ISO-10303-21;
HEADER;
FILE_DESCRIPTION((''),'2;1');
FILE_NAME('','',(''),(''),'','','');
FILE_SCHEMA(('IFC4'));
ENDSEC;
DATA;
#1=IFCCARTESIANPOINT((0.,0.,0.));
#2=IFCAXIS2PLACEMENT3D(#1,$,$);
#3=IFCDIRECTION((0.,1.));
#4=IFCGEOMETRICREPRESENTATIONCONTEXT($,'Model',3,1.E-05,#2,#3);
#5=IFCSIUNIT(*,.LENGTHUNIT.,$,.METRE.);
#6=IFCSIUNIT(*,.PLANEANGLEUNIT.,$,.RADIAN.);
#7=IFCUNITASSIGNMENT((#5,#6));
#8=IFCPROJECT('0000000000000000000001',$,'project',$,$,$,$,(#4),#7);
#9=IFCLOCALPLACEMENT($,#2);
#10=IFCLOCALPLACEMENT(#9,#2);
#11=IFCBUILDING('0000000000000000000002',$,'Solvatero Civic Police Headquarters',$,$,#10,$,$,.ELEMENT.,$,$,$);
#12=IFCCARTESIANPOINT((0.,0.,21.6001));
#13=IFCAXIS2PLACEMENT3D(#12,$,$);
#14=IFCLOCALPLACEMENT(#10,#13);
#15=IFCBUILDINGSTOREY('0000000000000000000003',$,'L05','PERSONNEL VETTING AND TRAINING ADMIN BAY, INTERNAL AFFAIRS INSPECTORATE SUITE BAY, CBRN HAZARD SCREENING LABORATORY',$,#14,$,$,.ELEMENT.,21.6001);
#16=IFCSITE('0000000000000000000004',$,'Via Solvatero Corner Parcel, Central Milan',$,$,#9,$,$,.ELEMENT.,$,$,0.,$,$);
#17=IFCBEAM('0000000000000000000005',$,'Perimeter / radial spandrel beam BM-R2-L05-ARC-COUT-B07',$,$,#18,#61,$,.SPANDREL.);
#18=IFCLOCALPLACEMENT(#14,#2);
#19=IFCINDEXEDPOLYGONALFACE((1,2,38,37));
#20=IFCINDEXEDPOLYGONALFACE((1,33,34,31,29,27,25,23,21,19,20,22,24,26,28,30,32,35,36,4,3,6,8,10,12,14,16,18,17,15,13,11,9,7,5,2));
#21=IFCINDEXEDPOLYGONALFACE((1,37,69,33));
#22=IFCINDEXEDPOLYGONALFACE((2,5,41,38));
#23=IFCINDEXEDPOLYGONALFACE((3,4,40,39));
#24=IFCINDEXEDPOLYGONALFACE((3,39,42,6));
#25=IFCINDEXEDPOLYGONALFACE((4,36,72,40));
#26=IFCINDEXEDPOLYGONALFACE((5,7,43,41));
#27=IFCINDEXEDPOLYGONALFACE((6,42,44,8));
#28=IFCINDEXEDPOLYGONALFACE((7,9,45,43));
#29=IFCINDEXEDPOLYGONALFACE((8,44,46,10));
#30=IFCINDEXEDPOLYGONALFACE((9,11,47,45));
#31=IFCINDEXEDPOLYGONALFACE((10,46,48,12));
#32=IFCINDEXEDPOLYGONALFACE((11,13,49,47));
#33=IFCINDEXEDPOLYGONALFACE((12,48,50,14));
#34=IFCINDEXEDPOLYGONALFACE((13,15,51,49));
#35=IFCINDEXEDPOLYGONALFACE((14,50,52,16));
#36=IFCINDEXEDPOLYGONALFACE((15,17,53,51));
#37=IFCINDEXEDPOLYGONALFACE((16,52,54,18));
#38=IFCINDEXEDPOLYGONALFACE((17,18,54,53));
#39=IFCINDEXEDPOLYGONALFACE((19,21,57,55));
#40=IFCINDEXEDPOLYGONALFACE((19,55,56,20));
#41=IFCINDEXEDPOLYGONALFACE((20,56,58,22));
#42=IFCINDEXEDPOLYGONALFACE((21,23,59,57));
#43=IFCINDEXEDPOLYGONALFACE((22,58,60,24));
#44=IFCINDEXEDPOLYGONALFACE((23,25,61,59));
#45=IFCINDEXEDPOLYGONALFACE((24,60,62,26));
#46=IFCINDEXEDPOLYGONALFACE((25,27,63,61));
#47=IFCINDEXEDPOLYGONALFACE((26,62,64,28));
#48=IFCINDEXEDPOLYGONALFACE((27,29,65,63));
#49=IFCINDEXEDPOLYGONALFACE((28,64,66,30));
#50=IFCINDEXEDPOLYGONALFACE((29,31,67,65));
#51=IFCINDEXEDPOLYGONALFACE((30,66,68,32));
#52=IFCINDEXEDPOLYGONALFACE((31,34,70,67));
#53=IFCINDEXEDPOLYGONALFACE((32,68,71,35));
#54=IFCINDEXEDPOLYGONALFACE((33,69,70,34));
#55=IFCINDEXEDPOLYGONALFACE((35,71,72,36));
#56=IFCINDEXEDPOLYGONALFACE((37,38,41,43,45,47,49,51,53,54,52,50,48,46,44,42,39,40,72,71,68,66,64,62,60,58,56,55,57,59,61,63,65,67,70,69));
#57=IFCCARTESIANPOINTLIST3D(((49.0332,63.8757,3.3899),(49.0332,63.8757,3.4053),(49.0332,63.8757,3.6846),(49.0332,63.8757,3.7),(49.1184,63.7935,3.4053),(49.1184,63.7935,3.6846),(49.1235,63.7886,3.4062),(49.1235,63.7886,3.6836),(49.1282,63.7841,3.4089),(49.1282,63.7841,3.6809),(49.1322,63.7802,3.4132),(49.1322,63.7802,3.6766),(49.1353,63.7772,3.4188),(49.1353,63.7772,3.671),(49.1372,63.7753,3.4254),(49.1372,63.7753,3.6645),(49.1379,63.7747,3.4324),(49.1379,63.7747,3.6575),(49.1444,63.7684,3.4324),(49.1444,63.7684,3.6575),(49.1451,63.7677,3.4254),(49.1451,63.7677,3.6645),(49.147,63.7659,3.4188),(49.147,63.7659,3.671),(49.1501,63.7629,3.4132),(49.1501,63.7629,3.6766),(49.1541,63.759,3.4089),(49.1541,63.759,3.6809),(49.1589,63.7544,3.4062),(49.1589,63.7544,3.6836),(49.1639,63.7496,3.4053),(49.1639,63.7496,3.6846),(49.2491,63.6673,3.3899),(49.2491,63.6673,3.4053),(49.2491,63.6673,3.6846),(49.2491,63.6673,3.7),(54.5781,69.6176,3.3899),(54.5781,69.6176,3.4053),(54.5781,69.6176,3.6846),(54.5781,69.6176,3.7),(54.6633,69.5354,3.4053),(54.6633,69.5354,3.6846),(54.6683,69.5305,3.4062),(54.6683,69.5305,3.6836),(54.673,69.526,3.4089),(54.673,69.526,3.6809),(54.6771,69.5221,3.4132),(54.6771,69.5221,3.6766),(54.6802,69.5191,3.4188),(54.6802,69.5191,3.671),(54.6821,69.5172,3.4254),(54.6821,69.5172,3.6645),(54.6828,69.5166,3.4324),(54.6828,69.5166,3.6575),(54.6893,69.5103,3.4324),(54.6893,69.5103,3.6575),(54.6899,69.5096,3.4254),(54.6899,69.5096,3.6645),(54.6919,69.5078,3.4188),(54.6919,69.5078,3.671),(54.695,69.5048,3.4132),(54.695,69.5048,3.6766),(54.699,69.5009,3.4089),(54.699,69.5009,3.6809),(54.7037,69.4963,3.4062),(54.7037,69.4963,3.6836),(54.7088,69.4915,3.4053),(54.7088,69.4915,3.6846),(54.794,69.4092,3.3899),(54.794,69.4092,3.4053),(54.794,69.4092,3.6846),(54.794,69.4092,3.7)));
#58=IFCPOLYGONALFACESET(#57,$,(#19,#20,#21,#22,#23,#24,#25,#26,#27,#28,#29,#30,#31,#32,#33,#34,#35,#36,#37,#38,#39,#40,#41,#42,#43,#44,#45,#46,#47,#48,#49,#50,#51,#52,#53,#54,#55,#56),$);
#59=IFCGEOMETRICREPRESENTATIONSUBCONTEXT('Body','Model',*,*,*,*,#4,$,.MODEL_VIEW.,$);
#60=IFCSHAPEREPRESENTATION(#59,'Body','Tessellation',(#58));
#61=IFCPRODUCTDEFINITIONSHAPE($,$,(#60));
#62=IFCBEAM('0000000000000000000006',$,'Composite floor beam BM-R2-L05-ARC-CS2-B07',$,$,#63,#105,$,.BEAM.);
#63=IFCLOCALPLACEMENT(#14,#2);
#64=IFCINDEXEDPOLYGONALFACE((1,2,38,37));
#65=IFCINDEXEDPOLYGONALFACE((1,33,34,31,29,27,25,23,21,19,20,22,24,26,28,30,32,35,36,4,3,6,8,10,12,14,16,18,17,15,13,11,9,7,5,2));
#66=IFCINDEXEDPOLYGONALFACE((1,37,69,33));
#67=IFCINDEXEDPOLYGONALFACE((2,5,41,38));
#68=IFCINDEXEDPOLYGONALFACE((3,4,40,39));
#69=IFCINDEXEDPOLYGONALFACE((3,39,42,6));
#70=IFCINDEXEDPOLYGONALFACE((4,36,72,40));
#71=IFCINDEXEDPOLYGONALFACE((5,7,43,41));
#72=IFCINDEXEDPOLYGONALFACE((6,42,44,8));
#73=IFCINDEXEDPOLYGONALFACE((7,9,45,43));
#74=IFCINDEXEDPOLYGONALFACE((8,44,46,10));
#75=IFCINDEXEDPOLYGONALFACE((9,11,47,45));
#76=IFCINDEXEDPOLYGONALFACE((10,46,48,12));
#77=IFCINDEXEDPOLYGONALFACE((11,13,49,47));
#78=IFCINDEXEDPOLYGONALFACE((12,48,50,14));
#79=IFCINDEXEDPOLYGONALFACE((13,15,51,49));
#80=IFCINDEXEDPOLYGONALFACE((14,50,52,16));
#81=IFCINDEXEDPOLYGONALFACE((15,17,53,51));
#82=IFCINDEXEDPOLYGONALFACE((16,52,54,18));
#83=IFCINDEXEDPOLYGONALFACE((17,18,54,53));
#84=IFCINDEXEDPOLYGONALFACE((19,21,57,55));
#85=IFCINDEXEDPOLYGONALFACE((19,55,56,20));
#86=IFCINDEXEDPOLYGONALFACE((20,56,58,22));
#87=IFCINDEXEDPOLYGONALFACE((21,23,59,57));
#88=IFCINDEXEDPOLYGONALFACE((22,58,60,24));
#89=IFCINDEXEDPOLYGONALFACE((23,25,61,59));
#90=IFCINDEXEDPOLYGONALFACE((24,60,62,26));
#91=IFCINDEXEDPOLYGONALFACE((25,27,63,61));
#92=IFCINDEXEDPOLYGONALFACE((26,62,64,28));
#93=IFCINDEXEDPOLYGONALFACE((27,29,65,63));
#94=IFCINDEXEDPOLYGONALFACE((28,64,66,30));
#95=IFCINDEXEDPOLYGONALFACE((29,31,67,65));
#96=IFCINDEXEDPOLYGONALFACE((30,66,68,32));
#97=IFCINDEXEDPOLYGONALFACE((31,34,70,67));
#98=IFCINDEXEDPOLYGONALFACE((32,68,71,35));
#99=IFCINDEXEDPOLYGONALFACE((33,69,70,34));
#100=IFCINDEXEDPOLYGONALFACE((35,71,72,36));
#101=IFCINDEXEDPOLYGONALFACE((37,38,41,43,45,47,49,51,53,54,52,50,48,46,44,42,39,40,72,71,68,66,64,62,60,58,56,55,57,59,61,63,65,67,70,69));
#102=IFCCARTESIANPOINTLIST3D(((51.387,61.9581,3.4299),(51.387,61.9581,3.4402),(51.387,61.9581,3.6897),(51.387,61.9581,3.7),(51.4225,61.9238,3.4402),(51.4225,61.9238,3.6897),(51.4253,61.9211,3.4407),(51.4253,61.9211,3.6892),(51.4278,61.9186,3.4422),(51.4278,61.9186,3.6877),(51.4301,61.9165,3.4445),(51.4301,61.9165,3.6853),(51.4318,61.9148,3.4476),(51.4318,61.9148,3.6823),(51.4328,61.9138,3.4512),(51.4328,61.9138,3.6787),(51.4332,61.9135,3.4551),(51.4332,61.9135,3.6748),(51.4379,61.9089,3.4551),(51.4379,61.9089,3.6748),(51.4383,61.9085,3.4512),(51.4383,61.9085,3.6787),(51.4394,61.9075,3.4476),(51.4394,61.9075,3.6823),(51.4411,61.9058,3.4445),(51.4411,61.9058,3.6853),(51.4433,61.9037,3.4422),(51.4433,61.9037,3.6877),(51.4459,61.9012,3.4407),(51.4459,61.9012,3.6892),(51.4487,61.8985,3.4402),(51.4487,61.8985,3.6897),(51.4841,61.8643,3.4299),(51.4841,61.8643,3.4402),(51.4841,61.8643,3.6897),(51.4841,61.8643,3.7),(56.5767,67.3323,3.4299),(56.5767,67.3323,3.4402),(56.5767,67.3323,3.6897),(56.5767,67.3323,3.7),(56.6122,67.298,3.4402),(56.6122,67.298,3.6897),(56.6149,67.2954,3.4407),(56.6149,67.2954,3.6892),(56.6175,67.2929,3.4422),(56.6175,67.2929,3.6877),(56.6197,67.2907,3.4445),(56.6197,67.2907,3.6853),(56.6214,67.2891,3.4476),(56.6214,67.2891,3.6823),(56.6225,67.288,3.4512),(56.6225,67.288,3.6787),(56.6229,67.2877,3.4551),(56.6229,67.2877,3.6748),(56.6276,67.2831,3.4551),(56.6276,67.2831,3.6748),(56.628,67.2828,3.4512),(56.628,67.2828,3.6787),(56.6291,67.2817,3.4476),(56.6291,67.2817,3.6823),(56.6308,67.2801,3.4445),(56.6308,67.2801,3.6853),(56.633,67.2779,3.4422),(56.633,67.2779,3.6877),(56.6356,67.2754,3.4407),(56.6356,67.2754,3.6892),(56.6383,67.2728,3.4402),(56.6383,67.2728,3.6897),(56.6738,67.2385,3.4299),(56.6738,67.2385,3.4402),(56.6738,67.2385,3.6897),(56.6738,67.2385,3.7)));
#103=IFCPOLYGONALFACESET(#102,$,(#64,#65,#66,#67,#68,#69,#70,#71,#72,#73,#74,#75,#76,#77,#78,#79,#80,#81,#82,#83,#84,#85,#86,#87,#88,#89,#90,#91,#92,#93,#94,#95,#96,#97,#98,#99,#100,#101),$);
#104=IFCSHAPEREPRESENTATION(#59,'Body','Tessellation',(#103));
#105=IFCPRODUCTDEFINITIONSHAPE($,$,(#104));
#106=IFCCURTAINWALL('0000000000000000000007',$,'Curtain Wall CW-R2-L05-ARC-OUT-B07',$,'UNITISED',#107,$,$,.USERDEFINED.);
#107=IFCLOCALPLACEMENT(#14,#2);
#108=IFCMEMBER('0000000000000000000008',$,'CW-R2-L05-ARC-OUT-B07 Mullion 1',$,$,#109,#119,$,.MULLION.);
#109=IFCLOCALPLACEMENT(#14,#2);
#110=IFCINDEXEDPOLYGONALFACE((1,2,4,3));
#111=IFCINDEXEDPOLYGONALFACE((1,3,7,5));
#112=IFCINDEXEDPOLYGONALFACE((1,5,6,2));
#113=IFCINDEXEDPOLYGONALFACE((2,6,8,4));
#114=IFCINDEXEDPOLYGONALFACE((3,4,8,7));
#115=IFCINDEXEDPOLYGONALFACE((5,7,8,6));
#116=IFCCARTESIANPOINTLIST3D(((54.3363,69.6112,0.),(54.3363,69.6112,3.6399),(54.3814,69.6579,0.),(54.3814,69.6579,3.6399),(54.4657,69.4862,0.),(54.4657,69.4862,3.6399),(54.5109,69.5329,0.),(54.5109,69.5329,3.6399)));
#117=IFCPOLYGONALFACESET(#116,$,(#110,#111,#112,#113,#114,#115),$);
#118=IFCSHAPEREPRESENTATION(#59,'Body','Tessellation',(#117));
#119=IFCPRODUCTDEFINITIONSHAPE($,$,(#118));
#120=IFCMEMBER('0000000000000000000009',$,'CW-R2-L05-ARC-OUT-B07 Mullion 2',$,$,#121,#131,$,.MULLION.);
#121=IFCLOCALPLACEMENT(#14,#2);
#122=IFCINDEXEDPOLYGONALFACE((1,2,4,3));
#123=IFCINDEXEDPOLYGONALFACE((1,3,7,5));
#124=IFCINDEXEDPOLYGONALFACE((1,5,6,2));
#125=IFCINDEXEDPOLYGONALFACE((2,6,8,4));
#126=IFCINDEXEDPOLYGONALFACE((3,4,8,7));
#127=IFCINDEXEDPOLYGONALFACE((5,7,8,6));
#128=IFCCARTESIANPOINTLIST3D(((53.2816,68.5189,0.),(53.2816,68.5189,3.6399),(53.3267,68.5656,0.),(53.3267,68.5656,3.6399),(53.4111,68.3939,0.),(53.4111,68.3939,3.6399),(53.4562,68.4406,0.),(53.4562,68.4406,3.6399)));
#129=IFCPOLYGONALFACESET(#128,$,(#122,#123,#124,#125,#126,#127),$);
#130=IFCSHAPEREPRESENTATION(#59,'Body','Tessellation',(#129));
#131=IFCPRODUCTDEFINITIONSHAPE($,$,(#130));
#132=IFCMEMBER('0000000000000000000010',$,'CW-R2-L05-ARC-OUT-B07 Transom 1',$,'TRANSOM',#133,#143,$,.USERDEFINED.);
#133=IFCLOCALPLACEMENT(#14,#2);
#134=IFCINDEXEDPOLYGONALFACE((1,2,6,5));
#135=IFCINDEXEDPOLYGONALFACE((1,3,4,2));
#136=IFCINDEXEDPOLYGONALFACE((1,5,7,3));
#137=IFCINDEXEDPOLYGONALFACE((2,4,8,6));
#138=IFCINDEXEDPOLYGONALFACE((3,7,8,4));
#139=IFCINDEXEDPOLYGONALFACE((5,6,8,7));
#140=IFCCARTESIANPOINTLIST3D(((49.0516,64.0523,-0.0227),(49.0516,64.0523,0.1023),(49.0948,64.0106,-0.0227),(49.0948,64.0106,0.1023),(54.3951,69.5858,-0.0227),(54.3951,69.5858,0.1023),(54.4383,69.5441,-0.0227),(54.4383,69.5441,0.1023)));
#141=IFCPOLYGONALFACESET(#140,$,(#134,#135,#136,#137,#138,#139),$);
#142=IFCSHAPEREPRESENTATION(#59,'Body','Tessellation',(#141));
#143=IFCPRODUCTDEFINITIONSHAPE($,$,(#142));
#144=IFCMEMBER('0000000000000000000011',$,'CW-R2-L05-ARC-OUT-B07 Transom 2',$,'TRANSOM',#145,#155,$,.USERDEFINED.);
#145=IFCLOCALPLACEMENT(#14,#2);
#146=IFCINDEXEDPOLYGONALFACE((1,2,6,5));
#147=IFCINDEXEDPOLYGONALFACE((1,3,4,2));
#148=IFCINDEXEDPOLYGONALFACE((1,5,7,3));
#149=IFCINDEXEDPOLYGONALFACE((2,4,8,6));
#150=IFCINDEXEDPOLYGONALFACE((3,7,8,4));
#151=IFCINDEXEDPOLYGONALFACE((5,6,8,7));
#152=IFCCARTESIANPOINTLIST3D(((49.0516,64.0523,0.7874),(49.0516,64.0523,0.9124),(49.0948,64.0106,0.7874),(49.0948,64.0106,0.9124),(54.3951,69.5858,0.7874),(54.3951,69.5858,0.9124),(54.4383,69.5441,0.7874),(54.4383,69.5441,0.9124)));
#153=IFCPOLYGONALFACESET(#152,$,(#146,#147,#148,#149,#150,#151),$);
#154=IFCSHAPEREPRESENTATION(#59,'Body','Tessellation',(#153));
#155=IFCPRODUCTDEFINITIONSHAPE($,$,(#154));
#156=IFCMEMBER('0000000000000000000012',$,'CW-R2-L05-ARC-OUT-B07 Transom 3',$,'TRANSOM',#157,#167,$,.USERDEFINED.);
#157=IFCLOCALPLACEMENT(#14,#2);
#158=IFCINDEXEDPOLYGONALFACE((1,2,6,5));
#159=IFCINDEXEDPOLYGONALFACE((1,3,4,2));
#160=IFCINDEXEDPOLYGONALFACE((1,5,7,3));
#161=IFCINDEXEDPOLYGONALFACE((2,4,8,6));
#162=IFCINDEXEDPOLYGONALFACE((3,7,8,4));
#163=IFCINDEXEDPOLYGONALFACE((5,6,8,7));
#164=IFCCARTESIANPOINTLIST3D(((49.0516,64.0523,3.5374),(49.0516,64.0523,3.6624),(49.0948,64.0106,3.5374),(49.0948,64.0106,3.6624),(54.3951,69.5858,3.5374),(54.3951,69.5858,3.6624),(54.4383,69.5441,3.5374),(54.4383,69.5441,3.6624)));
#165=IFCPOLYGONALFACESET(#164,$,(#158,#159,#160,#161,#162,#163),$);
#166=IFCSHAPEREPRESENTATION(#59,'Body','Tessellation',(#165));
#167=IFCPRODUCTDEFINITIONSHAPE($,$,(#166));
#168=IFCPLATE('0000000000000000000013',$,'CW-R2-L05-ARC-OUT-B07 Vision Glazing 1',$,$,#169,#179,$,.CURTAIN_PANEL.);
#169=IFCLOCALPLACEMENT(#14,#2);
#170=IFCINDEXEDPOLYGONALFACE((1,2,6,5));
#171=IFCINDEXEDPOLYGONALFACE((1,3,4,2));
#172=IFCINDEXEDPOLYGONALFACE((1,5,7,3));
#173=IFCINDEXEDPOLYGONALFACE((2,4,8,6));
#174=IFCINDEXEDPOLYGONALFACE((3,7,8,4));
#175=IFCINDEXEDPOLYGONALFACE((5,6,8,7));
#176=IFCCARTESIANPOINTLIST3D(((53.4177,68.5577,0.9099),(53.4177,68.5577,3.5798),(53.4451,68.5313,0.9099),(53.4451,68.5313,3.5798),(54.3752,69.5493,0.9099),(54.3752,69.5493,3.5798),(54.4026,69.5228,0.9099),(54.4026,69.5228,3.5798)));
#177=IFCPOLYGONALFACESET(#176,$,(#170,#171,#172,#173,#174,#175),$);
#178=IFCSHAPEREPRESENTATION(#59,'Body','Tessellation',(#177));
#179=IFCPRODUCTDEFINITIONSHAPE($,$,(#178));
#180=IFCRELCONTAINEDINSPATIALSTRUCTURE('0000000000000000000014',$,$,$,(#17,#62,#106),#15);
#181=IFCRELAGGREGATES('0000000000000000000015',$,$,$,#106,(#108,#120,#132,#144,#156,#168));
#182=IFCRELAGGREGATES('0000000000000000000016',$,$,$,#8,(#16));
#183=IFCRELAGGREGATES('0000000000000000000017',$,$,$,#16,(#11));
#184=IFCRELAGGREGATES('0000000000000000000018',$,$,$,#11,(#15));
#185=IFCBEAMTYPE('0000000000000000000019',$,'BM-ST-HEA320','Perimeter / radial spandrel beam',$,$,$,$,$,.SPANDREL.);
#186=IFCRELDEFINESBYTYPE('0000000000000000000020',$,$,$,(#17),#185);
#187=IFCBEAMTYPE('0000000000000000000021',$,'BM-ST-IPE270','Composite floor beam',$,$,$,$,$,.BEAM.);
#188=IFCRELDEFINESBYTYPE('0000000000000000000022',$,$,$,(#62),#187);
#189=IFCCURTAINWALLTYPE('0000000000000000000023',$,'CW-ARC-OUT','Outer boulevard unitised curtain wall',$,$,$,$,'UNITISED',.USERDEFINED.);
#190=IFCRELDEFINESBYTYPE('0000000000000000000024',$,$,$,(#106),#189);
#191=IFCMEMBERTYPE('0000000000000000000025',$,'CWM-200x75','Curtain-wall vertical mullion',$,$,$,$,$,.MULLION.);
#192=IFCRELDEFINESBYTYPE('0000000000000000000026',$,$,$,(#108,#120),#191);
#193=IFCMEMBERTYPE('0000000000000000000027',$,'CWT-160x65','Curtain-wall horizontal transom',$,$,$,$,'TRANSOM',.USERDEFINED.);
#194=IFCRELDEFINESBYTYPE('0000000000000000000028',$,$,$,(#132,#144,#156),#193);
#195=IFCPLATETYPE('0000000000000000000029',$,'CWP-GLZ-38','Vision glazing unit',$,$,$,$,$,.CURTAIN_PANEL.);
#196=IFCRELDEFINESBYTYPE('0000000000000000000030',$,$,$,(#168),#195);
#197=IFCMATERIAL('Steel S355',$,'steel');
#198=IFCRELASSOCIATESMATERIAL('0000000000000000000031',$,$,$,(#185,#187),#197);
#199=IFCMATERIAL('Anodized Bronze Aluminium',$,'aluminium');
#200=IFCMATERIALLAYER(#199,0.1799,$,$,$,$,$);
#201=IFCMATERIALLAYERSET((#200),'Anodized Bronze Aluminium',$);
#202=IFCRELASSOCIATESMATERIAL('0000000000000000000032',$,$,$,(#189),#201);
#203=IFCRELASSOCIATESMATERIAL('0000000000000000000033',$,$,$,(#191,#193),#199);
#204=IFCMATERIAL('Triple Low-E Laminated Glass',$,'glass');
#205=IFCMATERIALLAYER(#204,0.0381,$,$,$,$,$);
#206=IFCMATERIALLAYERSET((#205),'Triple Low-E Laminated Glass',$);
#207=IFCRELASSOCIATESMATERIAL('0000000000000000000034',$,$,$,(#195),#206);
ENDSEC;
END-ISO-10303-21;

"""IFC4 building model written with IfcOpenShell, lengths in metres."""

from ifc_helpers import new_model, si_unit, direction, frame, origin, origin_2d, place, context, subcontext, project, spatial, rectangle, i_section, extrude, material, layer, layer_set, material_profile, profile_set, type_object, element, aggregate, save


model = new_model("IFC4")

# Units and contexts
model_context = context("Model", 3, precision=1e-05, world=origin(), true_north=direction((0.0, 1.0)))
body_context = subcontext(model_context, "Body", "Model", "MODEL_VIEW")
ifc_project = project(units=[si_unit("LENGTHUNIT", "METRE"), si_unit("PLANEANGLEUNIT", "RADIAN")], contexts=[model_context])

# Site, building, storey
site_placement = place(None, origin())
site = spatial("IfcSite", under=ifc_project, at=site_placement, Name="Via Solvatero Corner Parcel, Central Milan", CompositionType="ELEMENT", RefElevation=0.0)
building_placement = place(site_placement, origin())
building = spatial("IfcBuilding", under=site, at=building_placement, Name="Solvatero Civic Police Headquarters", CompositionType="ELEMENT")
storey_placement = place(building_placement, frame((0.0, 0.0, 21.6001)))
storey = spatial("IfcBuildingStorey", under=building, at=storey_placement, Name="L05", Description="PERSONNEL VETTING AND TRAINING ADMIN BAY, INTERNAL AFFAIRS INSPECTORATE SUITE BAY, CBRN HAZARD SCREENING LABORATORY", CompositionType="ELEMENT", Elevation=21.6001)

# Beams
ifc_material_1 = material(Name="Steel S355", Category="steel")
ifc_material_profile_1 = material_profile(ifc_material_1, i_section(OverallWidth=0.3, OverallDepth=0.3101, WebThickness=0.009, FlangeThickness=0.0154, FilletRadius=0.0271, at=origin_2d()), Name="HEA 320")
ifc_profile_set_1 = profile_set([ifc_material_profile_1], Name="Steel S355")
beam_type_1 = type_object("IfcBeamType", Name="BM-ST-HEA320", Description="Perimeter / radial spandrel beam", PredefinedType="SPANDREL", material=ifc_profile_set_1)
beam_1_placement = place(storey_placement, frame((54.686, 69.5134, 3.5449), z_axis=(-0.694658, -0.71934, 0.0), x_axis=(0.71934, -0.694658, 0.0)))
element("IfcBeam", 1, at=beam_1_placement, inside=storey, type_object=beam_type_1, Name="Perimeter / radial spandrel beam BM-R2-L05-ARC-COUT-B07", PredefinedType="SPANDREL", context=body_context, shape_type="SweptSolid", body=[
    extrude(i_section(OverallWidth=0.3, OverallDepth=0.3101, WebThickness=0.009, FlangeThickness=0.0154, FilletRadius=0.0271, at=origin_2d()), origin(), (0.0, 0.0, 1.0), 7.9822),
])
ifc_material_profile_2 = material_profile(ifc_material_1, i_section(OverallWidth=0.135, OverallDepth=0.27, WebThickness=0.0066, FlangeThickness=0.0103, FilletRadius=0.0149, at=origin_2d()), Name="IPE 270")
ifc_profile_set_2 = profile_set([ifc_material_profile_2], Name="Steel S355")
beam_type_2 = type_object("IfcBeamType", Name="BM-ST-IPE270", Description="Composite floor beam", PredefinedType="BEAM", material=ifc_profile_set_2)
beam_2_placement = place(storey_placement, frame((56.6252, 67.2854, 3.5649), z_axis=(-0.694646, -0.719351, 0.0), x_axis=(0.719351, -0.694646, 0.0)))
element("IfcBeam", 2, at=beam_2_placement, inside=storey, type_object=beam_type_2, Name="Composite floor beam BM-R2-L05-ARC-CS2-B07", PredefinedType="BEAM", context=body_context, shape_type="SweptSolid", body=[
    extrude(i_section(OverallWidth=0.135, OverallDepth=0.27, WebThickness=0.0066, FlangeThickness=0.0103, FilletRadius=0.0149, at=origin_2d()), origin(), (0.0, 0.0, 1.0), 7.4709),
])

# Curtain wall, members, plate
ifc_material_2 = material(Name="Anodized Bronze Aluminium", Category="aluminium")
ifc_layer_1 = layer(ifc_material_2, 0.1799)
ifc_layer_set_1 = layer_set([ifc_layer_1], Name="Anodized Bronze Aluminium")
curtain_wall_type = type_object("IfcCurtainWallType", Name="CW-ARC-OUT", Description="Outer boulevard unitised curtain wall", ElementType="UNITISED", PredefinedType="USERDEFINED", material=ifc_layer_set_1)
curtain_wall_placement = place(storey_placement, origin())
curtain_wall = element("IfcCurtainWall", 3, at=curtain_wall_placement, inside=storey, type_object=curtain_wall_type, Name="Curtain Wall CW-R2-L05-ARC-OUT-B07", ObjectType="UNITISED", PredefinedType="USERDEFINED")
ifc_material_profile_3 = material_profile(ifc_material_2, rectangle(XDim=0.0649, YDim=0.1799, at=origin_2d()), Name="ALU MULLION 65x180")
ifc_profile_set_3 = profile_set([ifc_material_profile_3], Name="Anodized Bronze Aluminium")
member_type_1 = type_object("IfcMemberType", Name="CWM-200x75", Description="Curtain-wall vertical mullion", PredefinedType="MULLION", material=ifc_profile_set_3)
member_1_placement = place(storey_placement, frame((54.4236, 69.572, 0.0), z_axis=(0.0, 0.0, 1.0), x_axis=(-0.694658, -0.71934, 0.0)))
member_1 = element("IfcMember", 4, at=member_1_placement, type_object=member_type_1, Name="CW-R2-L05-ARC-OUT-B07 Mullion 1", PredefinedType="MULLION", context=body_context, shape_type="SweptSolid", body=[
    extrude(rectangle(XDim=0.0649, YDim=0.1799, at=origin_2d()), origin(), (0.0, 0.0, 1.0), 3.6399),
])
member_2_placement = place(storey_placement, frame((53.3689, 68.4797, 0.0), z_axis=(0.0, 0.0, 1.0), x_axis=(-0.694658, -0.71934, 0.0)))
member_2 = element("IfcMember", 5, at=member_2_placement, type_object=member_type_1, Name="CW-R2-L05-ARC-OUT-B07 Mullion 2", PredefinedType="MULLION", context=body_context, shape_type="SweptSolid", body=[
    extrude(rectangle(XDim=0.0649, YDim=0.1799, at=origin_2d()), origin(), (0.0, 0.0, 1.0), 3.6399),
])
ifc_material_profile_4 = material_profile(ifc_material_2, rectangle(XDim=0.0601, YDim=0.125, at=origin_2d()), Name="ALU TRANSOM 60x125")
ifc_profile_set_4 = profile_set([ifc_material_profile_4], Name="Anodized Bronze Aluminium")
member_type_2 = type_object("IfcMemberType", Name="CWT-160x65", Description="Curtain-wall horizontal transom", ElementType="TRANSOM", PredefinedType="USERDEFINED", material=ifc_profile_set_4)
member_3_placement = place(storey_placement, frame((54.4167, 69.5649, 0.0398), z_axis=(-0.694653, -0.719345, 0.0), x_axis=(0.719345, -0.694653, 0.0)))
member_3 = element("IfcMember", 6, at=member_3_placement, type_object=member_type_2, Name="CW-R2-L05-ARC-OUT-B07 Transom 1", ObjectType="TRANSOM", PredefinedType="USERDEFINED", context=body_context, shape_type="SweptSolid", body=[
    extrude(rectangle(XDim=0.0601, YDim=0.125, at=origin_2d()), origin(), (0.0, 0.0, 1.0), 7.6924),
])
member_4_placement = place(storey_placement, frame((54.4167, 69.5649, 0.8499), z_axis=(-0.694653, -0.719345, 0.0), x_axis=(0.719345, -0.694653, 0.0)))
member_4 = element("IfcMember", 7, at=member_4_placement, type_object=member_type_2, Name="CW-R2-L05-ARC-OUT-B07 Transom 2", ObjectType="TRANSOM", PredefinedType="USERDEFINED", context=body_context, shape_type="SweptSolid", body=[
    extrude(rectangle(XDim=0.0601, YDim=0.125, at=origin_2d()), origin(), (0.0, 0.0, 1.0), 7.6924),
])
member_5_placement = place(storey_placement, frame((54.4167, 69.5649, 3.5999), z_axis=(-0.694653, -0.719345, 0.0), x_axis=(0.719345, -0.694653, 0.0)))
member_5 = element("IfcMember", 8, at=member_5_placement, type_object=member_type_2, Name="CW-R2-L05-ARC-OUT-B07 Transom 3", ObjectType="TRANSOM", PredefinedType="USERDEFINED", context=body_context, shape_type="SweptSolid", body=[
    extrude(rectangle(XDim=0.0601, YDim=0.125, at=origin_2d()), origin(), (0.0, 0.0, 1.0), 7.6924),
])
ifc_material_3 = material(Name="Triple Low-E Laminated Glass", Category="glass")
ifc_layer_2 = layer(ifc_material_3, 0.0381)
ifc_layer_set_2 = layer_set([ifc_layer_2], Name="Triple Low-E Laminated Glass")
plate_type_1 = type_object("IfcPlateType", Name="CWP-GLZ-38", Description="Vision glazing unit", PredefinedType="CURTAIN_PANEL", material=ifc_layer_set_2)
plate_1_placement = place(storey_placement, frame((53.9102, 69.0403, 0.9099), z_axis=(0.0, 0.0, 1.0), x_axis=(-0.694658, -0.71934, 0.0)))
plate_1 = element("IfcPlate", 9, at=plate_1_placement, type_object=plate_type_1, Name="CW-R2-L05-ARC-OUT-B07 Vision Glazing 1", PredefinedType="CURTAIN_PANEL", context=body_context, shape_type="SweptSolid", body=[
    extrude(rectangle(XDim=1.3784, YDim=0.0381, at=origin_2d()), origin(), (0.0, 0.0, 1.0), 2.6699),
])
aggregate(curtain_wall, [member_1, member_2, member_3, member_4, member_5, plate_1])

save(model, "model.ifc")
